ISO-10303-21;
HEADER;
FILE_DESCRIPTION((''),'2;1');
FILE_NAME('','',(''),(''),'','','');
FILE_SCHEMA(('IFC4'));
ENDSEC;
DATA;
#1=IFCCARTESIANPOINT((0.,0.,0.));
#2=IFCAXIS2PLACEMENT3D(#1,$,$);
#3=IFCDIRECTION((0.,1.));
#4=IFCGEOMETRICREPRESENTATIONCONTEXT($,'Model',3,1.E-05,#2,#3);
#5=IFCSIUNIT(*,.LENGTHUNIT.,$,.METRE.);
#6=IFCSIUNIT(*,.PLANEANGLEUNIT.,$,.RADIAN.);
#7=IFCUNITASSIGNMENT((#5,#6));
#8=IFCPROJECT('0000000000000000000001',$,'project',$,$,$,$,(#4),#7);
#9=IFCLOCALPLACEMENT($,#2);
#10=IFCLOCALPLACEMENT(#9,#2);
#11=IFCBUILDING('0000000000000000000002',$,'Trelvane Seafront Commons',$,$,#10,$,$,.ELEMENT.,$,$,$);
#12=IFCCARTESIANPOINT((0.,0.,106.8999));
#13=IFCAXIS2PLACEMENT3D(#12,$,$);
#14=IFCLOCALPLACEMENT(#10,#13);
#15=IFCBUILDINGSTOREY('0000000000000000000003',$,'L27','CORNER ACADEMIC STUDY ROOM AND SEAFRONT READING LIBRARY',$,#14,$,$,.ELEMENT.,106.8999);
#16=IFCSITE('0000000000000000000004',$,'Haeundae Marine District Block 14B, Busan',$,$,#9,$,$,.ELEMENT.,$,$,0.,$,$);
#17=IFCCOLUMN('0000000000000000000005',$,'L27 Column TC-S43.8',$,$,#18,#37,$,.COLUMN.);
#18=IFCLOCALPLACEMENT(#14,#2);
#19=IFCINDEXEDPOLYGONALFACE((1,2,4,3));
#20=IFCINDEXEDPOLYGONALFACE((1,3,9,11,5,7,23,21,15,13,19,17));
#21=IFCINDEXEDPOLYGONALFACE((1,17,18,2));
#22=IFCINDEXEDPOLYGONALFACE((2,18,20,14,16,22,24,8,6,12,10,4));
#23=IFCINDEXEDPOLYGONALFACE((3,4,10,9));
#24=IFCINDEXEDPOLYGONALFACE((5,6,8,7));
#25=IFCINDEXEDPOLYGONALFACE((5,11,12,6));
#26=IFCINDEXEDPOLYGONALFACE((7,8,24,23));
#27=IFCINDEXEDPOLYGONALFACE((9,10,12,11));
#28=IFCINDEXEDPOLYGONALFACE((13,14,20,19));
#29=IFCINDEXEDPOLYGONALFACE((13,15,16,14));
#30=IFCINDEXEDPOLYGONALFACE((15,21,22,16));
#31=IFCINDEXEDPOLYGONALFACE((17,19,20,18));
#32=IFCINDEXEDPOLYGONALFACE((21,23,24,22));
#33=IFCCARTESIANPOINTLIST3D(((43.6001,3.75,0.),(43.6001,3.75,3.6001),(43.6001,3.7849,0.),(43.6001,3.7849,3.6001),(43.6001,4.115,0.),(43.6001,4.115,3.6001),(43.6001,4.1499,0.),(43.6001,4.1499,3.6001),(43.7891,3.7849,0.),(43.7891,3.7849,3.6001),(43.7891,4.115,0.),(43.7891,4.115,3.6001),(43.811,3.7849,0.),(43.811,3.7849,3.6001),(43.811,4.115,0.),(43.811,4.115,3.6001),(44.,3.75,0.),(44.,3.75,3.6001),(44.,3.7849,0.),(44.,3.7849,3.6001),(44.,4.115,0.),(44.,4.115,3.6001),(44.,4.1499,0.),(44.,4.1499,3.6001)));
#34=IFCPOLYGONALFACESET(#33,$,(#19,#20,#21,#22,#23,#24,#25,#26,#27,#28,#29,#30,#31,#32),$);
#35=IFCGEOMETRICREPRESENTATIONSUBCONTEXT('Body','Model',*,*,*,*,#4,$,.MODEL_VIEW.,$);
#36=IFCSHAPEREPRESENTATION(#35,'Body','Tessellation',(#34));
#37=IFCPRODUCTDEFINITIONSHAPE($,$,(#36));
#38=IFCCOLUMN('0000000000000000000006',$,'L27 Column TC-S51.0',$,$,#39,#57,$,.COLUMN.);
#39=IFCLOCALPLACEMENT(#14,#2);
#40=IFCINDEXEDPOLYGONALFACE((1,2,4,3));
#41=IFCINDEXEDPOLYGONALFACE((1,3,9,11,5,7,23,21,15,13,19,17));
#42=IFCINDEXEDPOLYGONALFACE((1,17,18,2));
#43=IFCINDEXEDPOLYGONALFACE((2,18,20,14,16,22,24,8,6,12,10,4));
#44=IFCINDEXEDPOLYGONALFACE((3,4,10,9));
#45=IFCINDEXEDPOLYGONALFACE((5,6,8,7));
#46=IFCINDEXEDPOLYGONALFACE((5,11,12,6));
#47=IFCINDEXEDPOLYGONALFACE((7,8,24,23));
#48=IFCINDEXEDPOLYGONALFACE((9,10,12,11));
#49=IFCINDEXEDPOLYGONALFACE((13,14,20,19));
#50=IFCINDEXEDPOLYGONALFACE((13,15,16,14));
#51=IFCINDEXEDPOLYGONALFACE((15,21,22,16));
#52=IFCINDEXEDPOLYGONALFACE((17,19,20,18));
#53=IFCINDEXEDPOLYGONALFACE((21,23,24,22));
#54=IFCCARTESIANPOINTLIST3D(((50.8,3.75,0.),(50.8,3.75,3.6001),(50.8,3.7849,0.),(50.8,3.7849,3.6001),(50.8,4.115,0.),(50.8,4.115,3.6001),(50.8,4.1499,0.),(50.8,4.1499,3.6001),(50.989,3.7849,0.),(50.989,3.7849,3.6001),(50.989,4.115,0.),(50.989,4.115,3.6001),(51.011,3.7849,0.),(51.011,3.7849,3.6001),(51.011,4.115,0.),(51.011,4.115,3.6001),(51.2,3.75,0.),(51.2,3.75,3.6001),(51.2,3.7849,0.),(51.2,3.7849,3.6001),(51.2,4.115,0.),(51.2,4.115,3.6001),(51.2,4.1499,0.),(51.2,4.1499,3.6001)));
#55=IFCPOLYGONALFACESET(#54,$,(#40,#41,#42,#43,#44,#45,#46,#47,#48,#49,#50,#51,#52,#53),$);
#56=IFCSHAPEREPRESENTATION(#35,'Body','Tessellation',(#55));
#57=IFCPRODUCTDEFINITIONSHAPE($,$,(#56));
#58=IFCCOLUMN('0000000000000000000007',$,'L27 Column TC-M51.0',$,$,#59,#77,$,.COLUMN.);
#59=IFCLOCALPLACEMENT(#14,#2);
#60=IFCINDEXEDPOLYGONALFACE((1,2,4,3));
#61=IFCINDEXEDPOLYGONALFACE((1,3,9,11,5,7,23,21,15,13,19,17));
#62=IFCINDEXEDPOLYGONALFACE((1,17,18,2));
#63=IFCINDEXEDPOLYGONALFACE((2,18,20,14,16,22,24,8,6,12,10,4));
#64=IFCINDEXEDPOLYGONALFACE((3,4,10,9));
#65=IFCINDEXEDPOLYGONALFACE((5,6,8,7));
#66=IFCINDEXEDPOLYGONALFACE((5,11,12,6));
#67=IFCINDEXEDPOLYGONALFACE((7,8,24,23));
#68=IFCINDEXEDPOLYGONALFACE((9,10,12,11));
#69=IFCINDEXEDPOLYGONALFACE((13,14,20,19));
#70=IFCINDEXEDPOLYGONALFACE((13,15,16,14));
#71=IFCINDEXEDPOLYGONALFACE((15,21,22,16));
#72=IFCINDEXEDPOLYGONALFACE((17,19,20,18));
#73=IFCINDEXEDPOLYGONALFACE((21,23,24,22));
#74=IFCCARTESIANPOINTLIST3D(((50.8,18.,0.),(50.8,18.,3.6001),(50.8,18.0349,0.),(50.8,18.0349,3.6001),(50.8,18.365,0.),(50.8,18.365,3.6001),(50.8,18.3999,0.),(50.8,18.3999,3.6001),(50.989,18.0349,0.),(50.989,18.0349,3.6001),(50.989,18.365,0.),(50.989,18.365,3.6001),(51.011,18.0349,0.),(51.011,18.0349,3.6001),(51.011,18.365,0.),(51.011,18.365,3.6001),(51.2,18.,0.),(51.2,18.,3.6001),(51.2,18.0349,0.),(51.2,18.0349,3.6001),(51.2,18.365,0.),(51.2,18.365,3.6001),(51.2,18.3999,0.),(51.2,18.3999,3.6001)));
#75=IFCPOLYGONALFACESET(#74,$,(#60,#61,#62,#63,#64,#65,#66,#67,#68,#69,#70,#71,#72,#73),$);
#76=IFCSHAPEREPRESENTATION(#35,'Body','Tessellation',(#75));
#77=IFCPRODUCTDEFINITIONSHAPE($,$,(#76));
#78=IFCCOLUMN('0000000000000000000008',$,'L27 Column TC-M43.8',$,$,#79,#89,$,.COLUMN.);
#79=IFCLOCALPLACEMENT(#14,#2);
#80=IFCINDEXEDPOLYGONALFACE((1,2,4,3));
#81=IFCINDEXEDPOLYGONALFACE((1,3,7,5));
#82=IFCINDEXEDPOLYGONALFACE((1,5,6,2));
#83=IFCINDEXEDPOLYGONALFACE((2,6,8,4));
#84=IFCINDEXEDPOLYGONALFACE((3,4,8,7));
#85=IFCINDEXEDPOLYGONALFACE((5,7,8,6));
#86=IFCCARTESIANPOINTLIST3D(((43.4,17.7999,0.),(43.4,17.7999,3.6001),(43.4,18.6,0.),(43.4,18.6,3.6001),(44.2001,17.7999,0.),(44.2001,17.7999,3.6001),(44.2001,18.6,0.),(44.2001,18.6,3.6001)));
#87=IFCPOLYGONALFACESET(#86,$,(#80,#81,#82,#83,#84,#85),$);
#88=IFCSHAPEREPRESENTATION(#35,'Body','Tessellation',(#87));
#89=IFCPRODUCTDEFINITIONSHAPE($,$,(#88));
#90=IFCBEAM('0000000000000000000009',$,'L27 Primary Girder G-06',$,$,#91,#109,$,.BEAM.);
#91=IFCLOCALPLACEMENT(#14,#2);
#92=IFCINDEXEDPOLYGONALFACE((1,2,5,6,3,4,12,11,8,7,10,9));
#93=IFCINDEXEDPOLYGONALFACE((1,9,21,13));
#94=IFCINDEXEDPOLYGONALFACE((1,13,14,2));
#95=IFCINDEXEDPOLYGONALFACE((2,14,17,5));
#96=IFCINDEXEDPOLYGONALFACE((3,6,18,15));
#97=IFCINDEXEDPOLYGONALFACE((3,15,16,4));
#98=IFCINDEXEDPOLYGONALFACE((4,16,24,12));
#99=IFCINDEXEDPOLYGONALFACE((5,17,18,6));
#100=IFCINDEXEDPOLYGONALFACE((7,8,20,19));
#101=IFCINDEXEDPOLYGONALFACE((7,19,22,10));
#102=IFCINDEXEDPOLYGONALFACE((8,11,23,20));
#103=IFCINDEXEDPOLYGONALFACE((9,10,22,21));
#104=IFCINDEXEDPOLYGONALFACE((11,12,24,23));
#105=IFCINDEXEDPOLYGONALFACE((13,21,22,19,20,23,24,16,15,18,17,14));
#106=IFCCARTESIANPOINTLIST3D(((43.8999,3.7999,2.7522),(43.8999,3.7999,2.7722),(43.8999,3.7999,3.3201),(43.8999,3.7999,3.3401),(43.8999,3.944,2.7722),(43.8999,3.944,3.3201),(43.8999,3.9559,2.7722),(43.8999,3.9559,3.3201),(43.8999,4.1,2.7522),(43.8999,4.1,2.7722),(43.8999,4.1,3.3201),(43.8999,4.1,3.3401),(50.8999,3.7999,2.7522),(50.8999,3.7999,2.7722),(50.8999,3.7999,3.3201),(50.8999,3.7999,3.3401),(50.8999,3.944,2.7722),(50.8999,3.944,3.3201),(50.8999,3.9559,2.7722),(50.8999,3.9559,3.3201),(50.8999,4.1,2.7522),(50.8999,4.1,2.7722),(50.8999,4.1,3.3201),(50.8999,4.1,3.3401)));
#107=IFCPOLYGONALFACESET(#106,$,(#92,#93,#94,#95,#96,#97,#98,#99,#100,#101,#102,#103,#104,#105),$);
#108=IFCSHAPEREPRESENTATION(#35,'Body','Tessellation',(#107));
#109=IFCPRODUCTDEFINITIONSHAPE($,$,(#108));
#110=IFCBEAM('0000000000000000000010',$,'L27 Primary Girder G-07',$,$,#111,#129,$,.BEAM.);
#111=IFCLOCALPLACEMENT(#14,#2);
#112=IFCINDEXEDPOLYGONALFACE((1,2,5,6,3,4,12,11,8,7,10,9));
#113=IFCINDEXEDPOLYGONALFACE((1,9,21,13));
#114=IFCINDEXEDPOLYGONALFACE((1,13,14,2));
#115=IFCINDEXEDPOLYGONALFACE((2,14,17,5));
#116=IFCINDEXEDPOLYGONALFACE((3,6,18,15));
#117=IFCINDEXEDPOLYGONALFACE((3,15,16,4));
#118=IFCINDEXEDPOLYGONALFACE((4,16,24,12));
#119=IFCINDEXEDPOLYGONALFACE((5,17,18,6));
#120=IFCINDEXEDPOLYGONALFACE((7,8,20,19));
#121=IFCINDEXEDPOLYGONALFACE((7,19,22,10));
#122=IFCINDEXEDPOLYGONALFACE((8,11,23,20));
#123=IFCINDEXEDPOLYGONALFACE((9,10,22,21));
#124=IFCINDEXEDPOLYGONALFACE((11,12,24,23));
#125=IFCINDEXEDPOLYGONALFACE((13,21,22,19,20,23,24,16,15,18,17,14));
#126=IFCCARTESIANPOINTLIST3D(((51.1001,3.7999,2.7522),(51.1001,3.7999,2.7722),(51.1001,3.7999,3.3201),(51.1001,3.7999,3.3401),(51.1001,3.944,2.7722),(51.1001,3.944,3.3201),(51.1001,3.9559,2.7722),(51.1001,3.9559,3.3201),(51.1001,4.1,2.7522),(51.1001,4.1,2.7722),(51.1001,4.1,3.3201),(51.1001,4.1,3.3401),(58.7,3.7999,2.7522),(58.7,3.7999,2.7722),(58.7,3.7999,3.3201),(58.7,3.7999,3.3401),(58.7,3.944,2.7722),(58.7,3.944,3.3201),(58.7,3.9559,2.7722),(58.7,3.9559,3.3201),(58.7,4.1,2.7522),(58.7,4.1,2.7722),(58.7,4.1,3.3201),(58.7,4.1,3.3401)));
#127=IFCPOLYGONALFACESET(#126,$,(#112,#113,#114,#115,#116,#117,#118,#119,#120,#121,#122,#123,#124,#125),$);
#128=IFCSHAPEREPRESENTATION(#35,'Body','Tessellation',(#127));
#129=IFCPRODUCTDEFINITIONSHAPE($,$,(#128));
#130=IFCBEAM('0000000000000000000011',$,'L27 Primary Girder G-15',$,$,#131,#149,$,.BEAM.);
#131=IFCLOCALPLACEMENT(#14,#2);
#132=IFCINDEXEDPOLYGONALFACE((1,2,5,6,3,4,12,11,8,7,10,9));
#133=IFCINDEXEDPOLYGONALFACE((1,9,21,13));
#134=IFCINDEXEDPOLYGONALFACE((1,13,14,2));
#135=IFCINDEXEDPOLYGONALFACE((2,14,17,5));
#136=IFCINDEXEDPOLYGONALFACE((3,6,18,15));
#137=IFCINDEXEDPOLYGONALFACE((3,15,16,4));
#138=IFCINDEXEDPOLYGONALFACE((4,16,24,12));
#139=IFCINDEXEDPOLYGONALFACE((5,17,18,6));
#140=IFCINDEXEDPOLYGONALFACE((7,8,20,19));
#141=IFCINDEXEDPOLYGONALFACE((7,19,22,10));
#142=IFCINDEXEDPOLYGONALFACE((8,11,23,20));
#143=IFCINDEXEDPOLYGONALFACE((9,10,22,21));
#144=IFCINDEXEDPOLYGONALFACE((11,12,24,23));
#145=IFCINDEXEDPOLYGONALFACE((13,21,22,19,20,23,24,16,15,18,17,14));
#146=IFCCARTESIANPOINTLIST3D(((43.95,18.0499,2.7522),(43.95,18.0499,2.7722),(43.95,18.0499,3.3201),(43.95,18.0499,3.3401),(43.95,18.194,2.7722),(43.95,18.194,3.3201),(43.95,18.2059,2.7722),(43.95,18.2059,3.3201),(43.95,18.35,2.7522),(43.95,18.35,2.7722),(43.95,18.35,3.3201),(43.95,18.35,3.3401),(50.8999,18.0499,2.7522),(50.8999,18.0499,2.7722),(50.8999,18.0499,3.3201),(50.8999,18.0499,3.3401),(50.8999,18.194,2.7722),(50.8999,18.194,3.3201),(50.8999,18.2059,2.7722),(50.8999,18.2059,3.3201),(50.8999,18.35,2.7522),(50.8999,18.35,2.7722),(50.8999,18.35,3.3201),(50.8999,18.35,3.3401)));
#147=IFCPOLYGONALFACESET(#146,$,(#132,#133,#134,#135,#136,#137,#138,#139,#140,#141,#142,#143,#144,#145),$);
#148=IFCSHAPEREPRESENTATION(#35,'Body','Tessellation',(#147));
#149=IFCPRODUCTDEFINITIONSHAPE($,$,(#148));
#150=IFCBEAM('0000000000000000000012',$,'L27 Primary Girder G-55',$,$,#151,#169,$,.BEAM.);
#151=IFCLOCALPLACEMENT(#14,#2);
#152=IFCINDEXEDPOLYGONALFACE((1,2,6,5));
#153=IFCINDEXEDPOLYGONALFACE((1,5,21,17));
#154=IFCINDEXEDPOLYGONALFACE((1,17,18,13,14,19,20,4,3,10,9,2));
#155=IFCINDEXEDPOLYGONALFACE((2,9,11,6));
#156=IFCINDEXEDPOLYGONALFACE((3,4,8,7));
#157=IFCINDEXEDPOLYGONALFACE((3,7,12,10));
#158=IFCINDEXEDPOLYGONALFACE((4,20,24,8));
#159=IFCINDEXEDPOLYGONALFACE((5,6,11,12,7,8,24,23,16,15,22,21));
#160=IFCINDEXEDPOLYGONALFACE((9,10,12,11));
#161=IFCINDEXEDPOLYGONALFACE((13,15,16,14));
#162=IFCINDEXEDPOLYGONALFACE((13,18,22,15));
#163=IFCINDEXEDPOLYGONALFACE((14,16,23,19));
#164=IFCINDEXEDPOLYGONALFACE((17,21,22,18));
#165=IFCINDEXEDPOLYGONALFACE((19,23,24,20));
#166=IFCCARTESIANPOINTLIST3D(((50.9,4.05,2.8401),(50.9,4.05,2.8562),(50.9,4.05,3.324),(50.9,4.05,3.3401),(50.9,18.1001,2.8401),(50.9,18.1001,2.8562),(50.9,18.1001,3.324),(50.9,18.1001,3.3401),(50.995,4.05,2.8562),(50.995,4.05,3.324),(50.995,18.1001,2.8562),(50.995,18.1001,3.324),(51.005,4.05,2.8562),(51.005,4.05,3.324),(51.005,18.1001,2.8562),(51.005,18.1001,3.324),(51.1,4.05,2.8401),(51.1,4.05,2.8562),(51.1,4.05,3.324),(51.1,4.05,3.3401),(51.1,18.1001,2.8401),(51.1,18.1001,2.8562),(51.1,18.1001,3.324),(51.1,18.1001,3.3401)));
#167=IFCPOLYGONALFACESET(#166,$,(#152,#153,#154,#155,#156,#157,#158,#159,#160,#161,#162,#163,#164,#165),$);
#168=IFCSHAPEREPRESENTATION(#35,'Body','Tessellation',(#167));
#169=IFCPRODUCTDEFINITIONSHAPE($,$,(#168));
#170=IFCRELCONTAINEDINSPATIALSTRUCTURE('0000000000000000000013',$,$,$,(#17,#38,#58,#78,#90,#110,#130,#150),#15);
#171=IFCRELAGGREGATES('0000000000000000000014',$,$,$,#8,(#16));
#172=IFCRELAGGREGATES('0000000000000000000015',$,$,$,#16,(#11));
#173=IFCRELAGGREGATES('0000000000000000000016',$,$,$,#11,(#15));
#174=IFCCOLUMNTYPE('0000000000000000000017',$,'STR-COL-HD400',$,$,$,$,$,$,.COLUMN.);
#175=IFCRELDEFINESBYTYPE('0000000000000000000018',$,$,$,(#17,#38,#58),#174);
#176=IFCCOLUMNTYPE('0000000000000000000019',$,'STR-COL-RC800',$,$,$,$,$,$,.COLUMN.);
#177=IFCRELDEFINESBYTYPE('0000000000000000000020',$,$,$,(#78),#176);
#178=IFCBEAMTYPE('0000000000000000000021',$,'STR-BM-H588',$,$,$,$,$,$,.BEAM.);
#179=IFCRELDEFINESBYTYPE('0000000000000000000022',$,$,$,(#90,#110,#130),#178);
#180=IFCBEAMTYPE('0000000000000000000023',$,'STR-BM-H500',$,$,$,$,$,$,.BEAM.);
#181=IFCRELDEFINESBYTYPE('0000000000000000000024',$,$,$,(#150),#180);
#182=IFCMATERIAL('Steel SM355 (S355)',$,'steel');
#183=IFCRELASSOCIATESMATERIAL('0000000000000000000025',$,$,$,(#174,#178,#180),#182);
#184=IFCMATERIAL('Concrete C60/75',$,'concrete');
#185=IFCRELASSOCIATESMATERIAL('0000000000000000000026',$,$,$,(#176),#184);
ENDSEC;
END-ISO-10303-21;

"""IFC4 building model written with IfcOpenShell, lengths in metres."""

from ifc_helpers import new_model, si_unit, direction, frame, origin, origin_2d, place, context, subcontext, project, spatial, rectangle, i_section, extrude, source, transform, mapped, material, material_profile, profile_set, type_object, element, save


model = new_model("IFC4")

# Units and contexts
model_context = context("Model", 3, precision=1e-05, world=origin(), true_north=direction((0.0, 1.0)))
body_context = subcontext(model_context, "Body", "Model", "MODEL_VIEW")
ifc_project = project(units=[si_unit("LENGTHUNIT", "METRE"), si_unit("PLANEANGLEUNIT", "RADIAN")], contexts=[model_context])

# Site, building, storey
site_placement = place(None, origin())
site = spatial("IfcSite", under=ifc_project, at=site_placement, Name="Haeundae Marine District Block 14B, Busan", CompositionType="ELEMENT", RefElevation=0.0)
building_placement = place(site_placement, origin())
building = spatial("IfcBuilding", under=site, at=building_placement, Name="Trelvane Seafront Commons", CompositionType="ELEMENT")
storey_placement = place(building_placement, frame((0.0, 0.0, 106.8999)))
storey = spatial("IfcBuildingStorey", under=building, at=storey_placement, Name="L27", Description="CORNER ACADEMIC STUDY ROOM AND SEAFRONT READING LIBRARY", CompositionType="ELEMENT", Elevation=106.8999)

# Columns
ifc_material_1 = material(Name="Steel SM355 (S355)", Category="steel")
ifc_material_profile_1 = material_profile(ifc_material_1, i_section(OverallWidth=0.3999, OverallDepth=0.3999, WebThickness=0.022, FlangeThickness=0.0349, at=origin_2d()), Name="HD-400x400x22x35")
ifc_profile_set_1 = profile_set([ifc_material_profile_1], Name="Steel SM355 (S355)")
column_type_1 = type_object("IfcColumnType", Name="STR-COL-HD400", PredefinedType="COLUMN", material=ifc_profile_set_1)
shared_shape_1 = source(origin(), body_context, "Body", "SweptSolid", [
    extrude(i_section(OverallWidth=0.3999, OverallDepth=0.3999, WebThickness=0.022, FlangeThickness=0.0349, at=origin_2d()), origin(), (0.0, 0.0, 1.0), 3.6001),
])
for number, where, z_axis, x_axis, name in (
    (1, (43.8, 3.95, 0.0), (0.0, 0.0, 1.0), (1.0, 0.0, 0.0), "L27 Column TC-S43.8"),
    (2, (51.0, 3.95, 0.0), (0.0, 0.0, 1.0), (1.0, 0.0, 0.0), "L27 Column TC-S51.0"),
    (3, (51.0, 18.2, 0.0), (0.0, 0.0, 1.0), (1.0, 0.0, 0.0), "L27 Column TC-M51.0"),
):
    element("IfcColumn", number, at=place(storey_placement, frame(where, z_axis=z_axis, x_axis=x_axis)), inside=storey, type_object=column_type_1, Name=name, PredefinedType="COLUMN", context=body_context, shape_type="MappedRepresentation", body=[
        mapped(shared_shape_1, transform((0.0, 0.0, 0.0), x_axis=(1.0, 0.0, 0.0), y_axis=(0.0, 1.0, 0.0), z_axis=(0.0, 0.0, 1.0), scale=1.0)),
    ])
ifc_material_2 = material(Name="Concrete C60/75", Category="concrete")
ifc_material_profile_2 = material_profile(ifc_material_2, rectangle(XDim=0.8, YDim=0.8, at=origin_2d()), Name="RC-800x800")
ifc_profile_set_2 = profile_set([ifc_material_profile_2], Name="Concrete C60/75")
column_type_2 = type_object("IfcColumnType", Name="STR-COL-RC800", PredefinedType="COLUMN", material=ifc_profile_set_2)
shared_shape_2 = source(origin(), body_context, "Body", "SweptSolid", [
    extrude(rectangle(XDim=0.8, YDim=0.8, at=origin_2d()), origin(), (0.0, 0.0, 1.0), 3.6001),
])
column_placement = place(storey_placement, frame((43.8, 18.2, 0.0), z_axis=(0.0, 0.0, 1.0), x_axis=(1.0, 0.0, 0.0)))
element("IfcColumn", 4, at=column_placement, inside=storey, type_object=column_type_2, Name="L27 Column TC-M43.8", PredefinedType="COLUMN", context=body_context, shape_type="MappedRepresentation", body=[
    mapped(shared_shape_2, transform((0.0, 0.0, 0.0), x_axis=(1.0, 0.0, 0.0), y_axis=(0.0, 1.0, 0.0), z_axis=(0.0, 0.0, 1.0), scale=1.0)),
])

# Beams
ifc_material_profile_3 = material_profile(ifc_material_1, i_section(OverallWidth=0.3, OverallDepth=0.5879, WebThickness=0.012, FlangeThickness=0.02, at=origin_2d()), Name="H-588x300x12x20")
ifc_profile_set_3 = profile_set([ifc_material_profile_3], Name="Steel SM355 (S355)")
beam_type_1 = type_object("IfcBeamType", Name="STR-BM-H588", PredefinedType="BEAM", material=ifc_profile_set_3)
shared_shape_3 = source(origin(), body_context, "Body", "SweptSolid", [
    extrude(i_section(OverallWidth=0.3, OverallDepth=0.5879, WebThickness=0.012, FlangeThickness=0.02, at=origin_2d()), origin(), (0.0, 0.0, 1.0), 7.0),
])
beam_1_placement = place(storey_placement, frame((43.8999, 3.95, 3.0461), z_axis=(1.0, 0.0, 0.0), x_axis=(0.0, 1.0, 0.0)))
element("IfcBeam", 5, at=beam_1_placement, inside=storey, type_object=beam_type_1, Name="L27 Primary Girder G-06", PredefinedType="BEAM", context=body_context, shape_type="MappedRepresentation", body=[
    mapped(shared_shape_3, transform((0.0, 0.0, 0.0), x_axis=(1.0, 0.0, 0.0), y_axis=(0.0, 1.0, 0.0), z_axis=(0.0, 0.0, 1.0), scale=1.0)),
])
shared_shape_4 = source(origin(), body_context, "Body", "SweptSolid", [
    extrude(i_section(OverallWidth=0.3, OverallDepth=0.5879, WebThickness=0.012, FlangeThickness=0.02, at=origin_2d()), origin(), (0.0, 0.0, 1.0), 7.5999),
])
beam_2_placement = place(storey_placement, frame((51.1001, 3.95, 3.0461), z_axis=(1.0, 0.0, 0.0), x_axis=(0.0, 1.0, 0.0)))
element("IfcBeam", 6, at=beam_2_placement, inside=storey, type_object=beam_type_1, Name="L27 Primary Girder G-07", PredefinedType="BEAM", context=body_context, shape_type="MappedRepresentation", body=[
    mapped(shared_shape_4, transform((0.0, 0.0, 0.0), x_axis=(1.0, 0.0, 0.0), y_axis=(0.0, 1.0, 0.0), z_axis=(0.0, 0.0, 1.0), scale=1.0)),
])
shared_shape_5 = source(origin(), body_context, "Body", "SweptSolid", [
    extrude(i_section(OverallWidth=0.3, OverallDepth=0.5879, WebThickness=0.012, FlangeThickness=0.02, at=origin_2d()), origin(), (0.0, 0.0, 1.0), 6.95),
])
beam_3_placement = place(storey_placement, frame((43.95, 18.2, 3.0461), z_axis=(1.0, 0.0, 0.0), x_axis=(0.0, 1.0, 0.0)))
element("IfcBeam", 7, at=beam_3_placement, inside=storey, type_object=beam_type_1, Name="L27 Primary Girder G-15", PredefinedType="BEAM", context=body_context, shape_type="MappedRepresentation", body=[
    mapped(shared_shape_5, transform((0.0, 0.0, 0.0), x_axis=(1.0, 0.0, 0.0), y_axis=(0.0, 1.0, 0.0), z_axis=(0.0, 0.0, 1.0), scale=1.0)),
])
ifc_material_profile_4 = material_profile(ifc_material_1, i_section(OverallWidth=0.2, OverallDepth=0.5, WebThickness=0.01, FlangeThickness=0.0161, at=origin_2d()), Name="H-500x200x10x16")
ifc_profile_set_4 = profile_set([ifc_material_profile_4], Name="Steel SM355 (S355)")
beam_type_2 = type_object("IfcBeamType", Name="STR-BM-H500", PredefinedType="BEAM", material=ifc_profile_set_4)
shared_shape_6 = source(origin(), body_context, "Body", "SweptSolid", [
    extrude(i_section(OverallWidth=0.2, OverallDepth=0.5, WebThickness=0.01, FlangeThickness=0.0161, at=origin_2d()), origin(), (0.0, 0.0, 1.0), 14.05),
])
beam_4_placement = place(storey_placement, frame((51.0, 4.05, 3.0901), z_axis=(0.0, 1.0, 0.0), x_axis=(-1.0, 0.0, 0.0)))
element("IfcBeam", 8, at=beam_4_placement, inside=storey, type_object=beam_type_2, Name="L27 Primary Girder G-55", PredefinedType="BEAM", context=body_context, shape_type="MappedRepresentation", body=[
    mapped(shared_shape_6, transform((0.0, 0.0, 0.0), x_axis=(1.0, 0.0, 0.0), y_axis=(0.0, 1.0, 0.0), z_axis=(0.0, 0.0, 1.0), scale=1.0)),
])

save(model, "model.ifc")
